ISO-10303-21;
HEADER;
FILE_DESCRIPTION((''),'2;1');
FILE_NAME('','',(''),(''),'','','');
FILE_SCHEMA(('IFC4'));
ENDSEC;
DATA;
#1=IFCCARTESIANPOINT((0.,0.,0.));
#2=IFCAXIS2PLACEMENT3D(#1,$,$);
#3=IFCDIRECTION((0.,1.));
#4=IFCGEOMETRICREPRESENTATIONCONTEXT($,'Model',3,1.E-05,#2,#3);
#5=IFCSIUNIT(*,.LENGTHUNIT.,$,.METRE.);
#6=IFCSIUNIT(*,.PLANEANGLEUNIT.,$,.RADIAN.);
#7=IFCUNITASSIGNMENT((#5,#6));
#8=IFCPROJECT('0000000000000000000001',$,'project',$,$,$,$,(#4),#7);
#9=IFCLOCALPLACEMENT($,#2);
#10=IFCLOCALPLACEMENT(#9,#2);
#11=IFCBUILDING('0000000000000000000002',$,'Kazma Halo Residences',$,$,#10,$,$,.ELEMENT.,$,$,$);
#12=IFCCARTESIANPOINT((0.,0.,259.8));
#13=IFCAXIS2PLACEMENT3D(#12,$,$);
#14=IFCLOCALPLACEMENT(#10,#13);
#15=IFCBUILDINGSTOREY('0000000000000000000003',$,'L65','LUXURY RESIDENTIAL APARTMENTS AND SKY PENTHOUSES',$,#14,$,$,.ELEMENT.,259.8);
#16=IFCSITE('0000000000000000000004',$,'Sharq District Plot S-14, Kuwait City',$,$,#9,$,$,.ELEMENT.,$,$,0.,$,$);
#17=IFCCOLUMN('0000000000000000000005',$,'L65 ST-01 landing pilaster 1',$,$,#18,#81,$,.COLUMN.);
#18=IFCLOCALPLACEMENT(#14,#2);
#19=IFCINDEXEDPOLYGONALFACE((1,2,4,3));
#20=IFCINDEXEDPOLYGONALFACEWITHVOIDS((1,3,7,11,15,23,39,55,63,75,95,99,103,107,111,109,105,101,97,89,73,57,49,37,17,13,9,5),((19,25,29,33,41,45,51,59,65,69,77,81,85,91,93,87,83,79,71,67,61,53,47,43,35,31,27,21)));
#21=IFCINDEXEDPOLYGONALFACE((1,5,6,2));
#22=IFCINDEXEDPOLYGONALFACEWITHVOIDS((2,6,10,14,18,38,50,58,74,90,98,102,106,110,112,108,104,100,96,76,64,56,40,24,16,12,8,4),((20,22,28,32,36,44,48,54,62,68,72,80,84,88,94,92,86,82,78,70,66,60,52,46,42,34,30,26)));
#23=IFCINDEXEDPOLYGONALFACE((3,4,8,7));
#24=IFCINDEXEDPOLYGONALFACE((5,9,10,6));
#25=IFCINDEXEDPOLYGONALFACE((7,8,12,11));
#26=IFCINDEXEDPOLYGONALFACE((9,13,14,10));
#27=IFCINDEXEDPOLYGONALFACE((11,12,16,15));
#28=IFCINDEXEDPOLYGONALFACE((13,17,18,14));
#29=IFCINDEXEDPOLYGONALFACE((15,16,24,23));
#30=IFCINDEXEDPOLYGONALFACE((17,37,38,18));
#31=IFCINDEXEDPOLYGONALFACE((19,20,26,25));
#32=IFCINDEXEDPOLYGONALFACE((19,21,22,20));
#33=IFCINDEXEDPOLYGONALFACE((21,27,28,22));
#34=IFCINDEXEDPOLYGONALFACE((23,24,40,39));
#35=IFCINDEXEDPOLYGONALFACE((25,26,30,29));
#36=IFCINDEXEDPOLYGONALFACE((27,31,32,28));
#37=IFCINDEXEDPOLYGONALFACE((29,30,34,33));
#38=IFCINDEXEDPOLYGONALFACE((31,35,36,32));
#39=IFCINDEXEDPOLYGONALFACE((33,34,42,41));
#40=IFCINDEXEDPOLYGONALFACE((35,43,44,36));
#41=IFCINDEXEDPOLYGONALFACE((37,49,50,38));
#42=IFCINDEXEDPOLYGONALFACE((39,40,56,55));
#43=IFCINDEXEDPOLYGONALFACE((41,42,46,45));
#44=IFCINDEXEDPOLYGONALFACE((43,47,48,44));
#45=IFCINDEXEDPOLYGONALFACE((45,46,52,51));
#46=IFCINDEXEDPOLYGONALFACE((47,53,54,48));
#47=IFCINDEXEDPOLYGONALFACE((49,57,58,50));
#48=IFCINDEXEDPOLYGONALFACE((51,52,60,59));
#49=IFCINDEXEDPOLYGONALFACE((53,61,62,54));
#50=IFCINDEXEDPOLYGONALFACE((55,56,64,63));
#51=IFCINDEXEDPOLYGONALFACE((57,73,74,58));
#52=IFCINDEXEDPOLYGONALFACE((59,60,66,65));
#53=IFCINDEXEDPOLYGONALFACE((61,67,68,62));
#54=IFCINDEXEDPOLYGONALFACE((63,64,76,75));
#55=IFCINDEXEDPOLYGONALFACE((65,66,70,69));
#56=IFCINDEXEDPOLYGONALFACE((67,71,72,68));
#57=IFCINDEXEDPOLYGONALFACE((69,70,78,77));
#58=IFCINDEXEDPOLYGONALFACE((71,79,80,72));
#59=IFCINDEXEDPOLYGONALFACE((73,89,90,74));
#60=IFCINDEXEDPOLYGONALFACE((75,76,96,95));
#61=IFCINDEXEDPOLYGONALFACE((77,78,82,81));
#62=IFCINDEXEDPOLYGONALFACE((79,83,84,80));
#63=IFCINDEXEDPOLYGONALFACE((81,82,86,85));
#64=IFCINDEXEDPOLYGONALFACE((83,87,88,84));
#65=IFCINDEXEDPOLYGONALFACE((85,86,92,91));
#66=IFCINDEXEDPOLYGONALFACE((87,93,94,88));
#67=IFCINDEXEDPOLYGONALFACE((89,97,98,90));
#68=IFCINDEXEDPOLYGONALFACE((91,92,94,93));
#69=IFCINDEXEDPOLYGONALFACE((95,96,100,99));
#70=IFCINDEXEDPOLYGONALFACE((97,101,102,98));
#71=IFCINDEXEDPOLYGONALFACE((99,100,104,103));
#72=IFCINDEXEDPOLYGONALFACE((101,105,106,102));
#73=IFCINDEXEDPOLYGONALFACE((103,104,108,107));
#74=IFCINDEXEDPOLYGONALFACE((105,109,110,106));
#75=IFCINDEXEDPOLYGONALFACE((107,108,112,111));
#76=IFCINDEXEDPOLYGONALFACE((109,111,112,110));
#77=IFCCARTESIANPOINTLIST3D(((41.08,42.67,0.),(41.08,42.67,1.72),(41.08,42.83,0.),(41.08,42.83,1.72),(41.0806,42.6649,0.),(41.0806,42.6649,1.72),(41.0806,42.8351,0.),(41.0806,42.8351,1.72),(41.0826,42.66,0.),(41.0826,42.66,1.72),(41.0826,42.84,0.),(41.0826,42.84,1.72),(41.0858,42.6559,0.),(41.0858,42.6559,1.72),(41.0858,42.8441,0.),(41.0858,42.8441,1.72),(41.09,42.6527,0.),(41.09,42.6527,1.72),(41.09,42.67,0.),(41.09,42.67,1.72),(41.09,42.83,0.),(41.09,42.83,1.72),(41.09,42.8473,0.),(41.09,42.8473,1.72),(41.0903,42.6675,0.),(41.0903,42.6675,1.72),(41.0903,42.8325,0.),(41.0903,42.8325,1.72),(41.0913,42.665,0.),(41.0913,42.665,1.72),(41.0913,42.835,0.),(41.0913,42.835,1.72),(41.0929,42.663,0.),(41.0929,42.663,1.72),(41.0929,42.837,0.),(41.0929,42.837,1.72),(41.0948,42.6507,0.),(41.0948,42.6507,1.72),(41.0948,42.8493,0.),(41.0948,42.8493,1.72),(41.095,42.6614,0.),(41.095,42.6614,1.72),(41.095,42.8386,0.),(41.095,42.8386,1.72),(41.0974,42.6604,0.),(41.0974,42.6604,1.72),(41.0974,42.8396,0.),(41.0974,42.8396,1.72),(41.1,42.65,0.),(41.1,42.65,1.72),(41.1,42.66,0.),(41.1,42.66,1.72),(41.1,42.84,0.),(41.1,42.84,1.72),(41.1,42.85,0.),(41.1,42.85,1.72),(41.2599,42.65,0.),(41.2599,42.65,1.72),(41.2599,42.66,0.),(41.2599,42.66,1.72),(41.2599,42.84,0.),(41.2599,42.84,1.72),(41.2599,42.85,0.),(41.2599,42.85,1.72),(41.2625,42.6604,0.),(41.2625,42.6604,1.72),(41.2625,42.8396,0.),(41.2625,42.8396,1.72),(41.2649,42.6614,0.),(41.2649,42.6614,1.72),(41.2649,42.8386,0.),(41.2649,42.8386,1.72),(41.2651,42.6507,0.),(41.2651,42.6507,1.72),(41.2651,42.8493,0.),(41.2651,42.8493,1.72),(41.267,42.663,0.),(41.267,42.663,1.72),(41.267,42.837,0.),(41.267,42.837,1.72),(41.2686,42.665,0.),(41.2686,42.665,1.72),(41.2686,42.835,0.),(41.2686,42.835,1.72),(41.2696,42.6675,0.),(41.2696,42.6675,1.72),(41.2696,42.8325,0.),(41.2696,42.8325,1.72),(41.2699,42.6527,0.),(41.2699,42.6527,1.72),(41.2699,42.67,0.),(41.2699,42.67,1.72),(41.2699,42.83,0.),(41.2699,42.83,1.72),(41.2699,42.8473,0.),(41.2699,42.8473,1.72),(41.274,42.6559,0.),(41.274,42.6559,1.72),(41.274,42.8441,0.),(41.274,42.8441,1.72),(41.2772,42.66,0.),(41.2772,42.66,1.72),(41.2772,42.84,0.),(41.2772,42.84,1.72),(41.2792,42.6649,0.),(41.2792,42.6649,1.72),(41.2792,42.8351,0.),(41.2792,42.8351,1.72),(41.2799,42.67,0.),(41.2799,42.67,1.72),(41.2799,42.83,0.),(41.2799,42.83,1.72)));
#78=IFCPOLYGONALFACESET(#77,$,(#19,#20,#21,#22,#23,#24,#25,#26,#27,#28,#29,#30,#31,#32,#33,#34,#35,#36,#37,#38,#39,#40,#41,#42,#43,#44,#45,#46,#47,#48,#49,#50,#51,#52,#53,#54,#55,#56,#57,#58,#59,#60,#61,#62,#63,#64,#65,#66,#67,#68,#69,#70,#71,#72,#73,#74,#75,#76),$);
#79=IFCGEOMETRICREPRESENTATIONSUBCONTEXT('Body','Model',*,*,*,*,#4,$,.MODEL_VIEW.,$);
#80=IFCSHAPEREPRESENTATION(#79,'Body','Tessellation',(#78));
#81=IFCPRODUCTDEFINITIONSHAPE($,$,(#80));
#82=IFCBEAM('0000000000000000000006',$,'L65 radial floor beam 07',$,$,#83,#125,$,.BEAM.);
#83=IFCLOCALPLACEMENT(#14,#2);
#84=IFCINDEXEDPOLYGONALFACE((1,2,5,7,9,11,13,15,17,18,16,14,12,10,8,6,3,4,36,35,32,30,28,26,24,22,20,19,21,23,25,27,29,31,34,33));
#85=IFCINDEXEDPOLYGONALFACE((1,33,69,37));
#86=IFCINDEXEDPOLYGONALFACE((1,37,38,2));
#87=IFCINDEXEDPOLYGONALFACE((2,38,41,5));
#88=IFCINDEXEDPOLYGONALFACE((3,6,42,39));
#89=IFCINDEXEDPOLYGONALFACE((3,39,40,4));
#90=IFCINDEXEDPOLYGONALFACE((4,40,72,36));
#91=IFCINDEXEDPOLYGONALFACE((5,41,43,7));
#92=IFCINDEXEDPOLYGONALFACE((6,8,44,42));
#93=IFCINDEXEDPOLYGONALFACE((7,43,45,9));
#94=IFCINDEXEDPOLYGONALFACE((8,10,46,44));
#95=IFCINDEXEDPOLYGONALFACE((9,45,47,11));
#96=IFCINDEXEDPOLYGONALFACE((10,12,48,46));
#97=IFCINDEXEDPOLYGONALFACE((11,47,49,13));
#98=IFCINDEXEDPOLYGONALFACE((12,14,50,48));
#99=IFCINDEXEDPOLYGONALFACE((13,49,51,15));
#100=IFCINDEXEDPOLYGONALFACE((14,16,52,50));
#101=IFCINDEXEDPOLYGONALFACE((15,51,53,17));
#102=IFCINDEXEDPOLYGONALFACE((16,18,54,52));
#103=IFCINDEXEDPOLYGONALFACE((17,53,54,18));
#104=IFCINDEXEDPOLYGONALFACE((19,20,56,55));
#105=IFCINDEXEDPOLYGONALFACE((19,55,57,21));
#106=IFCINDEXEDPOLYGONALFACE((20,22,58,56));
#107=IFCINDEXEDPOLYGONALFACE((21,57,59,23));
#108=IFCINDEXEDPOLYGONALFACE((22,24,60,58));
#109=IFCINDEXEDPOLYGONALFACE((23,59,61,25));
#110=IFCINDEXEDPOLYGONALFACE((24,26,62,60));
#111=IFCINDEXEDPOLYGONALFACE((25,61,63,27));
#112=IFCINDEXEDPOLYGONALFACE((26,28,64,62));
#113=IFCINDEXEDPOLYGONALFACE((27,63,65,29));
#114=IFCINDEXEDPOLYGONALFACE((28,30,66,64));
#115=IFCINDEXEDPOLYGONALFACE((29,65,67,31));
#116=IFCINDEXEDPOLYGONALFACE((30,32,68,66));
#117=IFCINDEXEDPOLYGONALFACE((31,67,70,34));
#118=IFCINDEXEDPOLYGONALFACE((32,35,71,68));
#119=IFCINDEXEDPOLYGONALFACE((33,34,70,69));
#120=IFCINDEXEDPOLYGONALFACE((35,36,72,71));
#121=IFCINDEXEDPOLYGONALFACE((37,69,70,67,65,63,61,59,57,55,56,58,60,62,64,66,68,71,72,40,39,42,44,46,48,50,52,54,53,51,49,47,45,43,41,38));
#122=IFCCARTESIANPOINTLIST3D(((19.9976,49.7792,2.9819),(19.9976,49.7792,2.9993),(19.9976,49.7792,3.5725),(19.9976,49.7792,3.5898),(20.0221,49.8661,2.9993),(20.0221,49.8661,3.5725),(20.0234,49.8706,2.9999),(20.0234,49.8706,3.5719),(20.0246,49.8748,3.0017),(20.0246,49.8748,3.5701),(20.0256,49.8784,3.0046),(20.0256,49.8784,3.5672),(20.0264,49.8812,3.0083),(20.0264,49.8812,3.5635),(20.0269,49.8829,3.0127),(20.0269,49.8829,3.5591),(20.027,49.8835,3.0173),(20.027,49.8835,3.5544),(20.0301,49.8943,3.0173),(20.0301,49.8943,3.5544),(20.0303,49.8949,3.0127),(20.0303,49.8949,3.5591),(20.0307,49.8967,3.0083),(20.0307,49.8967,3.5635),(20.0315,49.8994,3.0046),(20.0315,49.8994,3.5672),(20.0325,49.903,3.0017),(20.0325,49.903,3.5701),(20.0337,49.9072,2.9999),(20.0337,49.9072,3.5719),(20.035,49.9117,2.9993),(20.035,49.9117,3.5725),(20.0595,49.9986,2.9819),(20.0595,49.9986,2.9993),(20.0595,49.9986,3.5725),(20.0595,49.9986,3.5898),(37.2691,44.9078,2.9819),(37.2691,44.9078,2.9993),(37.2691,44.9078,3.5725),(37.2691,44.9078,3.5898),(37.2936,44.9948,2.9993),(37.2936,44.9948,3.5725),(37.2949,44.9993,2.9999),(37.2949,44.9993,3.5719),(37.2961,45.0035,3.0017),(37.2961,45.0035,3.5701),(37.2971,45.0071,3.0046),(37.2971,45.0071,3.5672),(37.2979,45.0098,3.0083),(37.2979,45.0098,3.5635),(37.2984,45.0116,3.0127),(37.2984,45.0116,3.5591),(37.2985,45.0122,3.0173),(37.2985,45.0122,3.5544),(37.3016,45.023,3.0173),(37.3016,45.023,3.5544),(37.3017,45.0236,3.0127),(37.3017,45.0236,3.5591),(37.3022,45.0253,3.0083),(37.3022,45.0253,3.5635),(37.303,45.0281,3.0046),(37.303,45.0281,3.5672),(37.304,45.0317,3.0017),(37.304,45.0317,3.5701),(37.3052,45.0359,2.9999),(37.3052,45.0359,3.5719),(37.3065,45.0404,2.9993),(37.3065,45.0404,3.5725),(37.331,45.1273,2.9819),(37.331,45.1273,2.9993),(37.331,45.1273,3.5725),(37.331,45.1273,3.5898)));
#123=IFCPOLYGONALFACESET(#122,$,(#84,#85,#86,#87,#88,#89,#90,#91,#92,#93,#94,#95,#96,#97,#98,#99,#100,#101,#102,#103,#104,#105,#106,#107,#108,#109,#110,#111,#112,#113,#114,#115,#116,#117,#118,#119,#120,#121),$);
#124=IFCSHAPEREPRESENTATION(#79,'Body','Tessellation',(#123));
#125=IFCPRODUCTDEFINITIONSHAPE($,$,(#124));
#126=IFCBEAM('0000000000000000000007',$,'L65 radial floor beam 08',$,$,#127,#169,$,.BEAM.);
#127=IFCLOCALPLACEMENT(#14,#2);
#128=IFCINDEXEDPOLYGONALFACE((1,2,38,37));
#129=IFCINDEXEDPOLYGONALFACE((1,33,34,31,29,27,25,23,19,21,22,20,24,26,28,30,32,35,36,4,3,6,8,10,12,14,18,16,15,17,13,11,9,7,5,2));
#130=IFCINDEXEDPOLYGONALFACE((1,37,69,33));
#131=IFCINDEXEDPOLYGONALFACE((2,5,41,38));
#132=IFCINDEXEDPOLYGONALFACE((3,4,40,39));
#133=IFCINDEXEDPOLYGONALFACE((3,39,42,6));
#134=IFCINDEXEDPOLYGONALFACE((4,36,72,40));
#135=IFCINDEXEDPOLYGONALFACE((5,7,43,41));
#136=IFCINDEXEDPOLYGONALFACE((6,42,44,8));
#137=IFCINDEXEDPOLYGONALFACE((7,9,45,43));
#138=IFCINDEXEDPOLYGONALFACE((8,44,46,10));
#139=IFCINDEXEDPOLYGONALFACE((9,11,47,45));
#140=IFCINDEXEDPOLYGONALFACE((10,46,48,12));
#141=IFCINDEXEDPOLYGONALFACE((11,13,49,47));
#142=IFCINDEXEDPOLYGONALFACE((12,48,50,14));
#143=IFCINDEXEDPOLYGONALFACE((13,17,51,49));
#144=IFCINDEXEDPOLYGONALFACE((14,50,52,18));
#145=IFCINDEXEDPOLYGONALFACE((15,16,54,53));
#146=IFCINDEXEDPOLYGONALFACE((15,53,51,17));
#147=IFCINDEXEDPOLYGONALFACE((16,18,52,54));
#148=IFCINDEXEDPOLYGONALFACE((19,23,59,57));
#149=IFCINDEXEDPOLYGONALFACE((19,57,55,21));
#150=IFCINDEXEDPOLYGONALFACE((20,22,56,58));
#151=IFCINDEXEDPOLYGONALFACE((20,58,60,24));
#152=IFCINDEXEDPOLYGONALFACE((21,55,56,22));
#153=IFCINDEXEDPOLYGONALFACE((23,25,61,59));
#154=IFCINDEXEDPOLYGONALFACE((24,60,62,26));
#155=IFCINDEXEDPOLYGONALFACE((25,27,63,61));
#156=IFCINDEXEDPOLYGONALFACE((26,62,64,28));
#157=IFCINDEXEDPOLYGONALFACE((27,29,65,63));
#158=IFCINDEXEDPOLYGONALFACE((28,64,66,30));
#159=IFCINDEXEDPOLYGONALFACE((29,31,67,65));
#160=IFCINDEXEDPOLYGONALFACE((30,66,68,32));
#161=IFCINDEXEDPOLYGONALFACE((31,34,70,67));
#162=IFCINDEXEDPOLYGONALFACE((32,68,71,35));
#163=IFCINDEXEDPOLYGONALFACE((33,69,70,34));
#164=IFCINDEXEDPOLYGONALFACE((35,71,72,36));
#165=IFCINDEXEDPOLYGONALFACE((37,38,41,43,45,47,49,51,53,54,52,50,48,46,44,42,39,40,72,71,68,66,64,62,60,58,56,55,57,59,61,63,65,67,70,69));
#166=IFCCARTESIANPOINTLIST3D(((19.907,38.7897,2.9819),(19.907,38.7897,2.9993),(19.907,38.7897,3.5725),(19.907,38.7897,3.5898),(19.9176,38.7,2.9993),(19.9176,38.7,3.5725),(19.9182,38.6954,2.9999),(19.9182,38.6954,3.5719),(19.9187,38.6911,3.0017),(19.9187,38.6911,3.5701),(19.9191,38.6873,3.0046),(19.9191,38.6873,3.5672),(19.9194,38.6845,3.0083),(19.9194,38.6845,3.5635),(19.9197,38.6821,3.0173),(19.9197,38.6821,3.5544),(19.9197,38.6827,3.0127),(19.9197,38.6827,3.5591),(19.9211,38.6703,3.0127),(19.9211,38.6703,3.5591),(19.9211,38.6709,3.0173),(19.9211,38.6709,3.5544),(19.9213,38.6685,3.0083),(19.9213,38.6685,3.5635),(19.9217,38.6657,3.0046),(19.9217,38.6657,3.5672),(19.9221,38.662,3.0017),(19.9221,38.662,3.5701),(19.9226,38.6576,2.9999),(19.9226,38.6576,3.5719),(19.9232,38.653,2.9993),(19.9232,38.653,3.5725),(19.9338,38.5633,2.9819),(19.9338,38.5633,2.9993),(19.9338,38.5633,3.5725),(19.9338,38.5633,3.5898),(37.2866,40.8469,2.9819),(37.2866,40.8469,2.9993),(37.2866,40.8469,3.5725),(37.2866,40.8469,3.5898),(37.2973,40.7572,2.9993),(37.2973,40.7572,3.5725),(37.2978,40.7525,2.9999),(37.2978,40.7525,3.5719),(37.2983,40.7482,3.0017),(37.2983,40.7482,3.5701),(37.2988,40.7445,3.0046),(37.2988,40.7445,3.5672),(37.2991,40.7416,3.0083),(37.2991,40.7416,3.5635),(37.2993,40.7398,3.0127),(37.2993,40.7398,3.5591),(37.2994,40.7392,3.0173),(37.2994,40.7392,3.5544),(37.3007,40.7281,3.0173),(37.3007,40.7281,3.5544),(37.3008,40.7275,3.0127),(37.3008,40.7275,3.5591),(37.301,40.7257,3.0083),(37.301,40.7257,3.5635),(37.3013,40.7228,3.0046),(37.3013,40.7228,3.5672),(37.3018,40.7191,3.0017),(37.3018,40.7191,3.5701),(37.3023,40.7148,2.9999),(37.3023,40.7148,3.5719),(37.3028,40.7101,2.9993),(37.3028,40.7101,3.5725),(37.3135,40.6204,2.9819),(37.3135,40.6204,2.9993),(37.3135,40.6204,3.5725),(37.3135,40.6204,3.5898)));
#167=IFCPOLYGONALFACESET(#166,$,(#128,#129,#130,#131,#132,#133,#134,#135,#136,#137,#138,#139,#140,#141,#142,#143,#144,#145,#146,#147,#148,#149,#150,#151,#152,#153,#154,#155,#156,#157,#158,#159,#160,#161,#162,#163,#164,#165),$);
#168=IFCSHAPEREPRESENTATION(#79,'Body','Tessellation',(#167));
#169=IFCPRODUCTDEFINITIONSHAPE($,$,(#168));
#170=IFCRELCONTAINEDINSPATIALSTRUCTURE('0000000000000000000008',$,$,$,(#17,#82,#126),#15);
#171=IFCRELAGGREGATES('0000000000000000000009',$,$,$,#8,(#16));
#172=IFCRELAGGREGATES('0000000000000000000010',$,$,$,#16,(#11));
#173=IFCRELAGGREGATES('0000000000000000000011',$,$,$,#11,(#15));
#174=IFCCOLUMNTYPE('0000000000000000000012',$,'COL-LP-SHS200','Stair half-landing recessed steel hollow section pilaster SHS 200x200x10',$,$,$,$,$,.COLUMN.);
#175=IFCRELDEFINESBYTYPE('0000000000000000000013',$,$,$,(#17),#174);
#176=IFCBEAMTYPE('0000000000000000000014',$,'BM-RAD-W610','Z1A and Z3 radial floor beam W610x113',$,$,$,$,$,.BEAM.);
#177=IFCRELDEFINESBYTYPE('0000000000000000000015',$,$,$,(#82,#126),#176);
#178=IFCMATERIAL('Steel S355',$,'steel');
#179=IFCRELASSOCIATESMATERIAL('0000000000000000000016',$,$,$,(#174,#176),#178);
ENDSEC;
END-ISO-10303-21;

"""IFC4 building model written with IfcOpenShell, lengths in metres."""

from ifc_helpers import new_model, si_unit, direction, frame, origin, origin_2d, place, context, subcontext, project, spatial, hollow_rectangle, i_section, extrude, material, material_profile, profile_set, type_object, element, save


model = new_model("IFC4")

# Units and contexts
model_context = context("Model", 3, precision=1e-05, world=origin(), true_north=direction((0.0, 1.0)))
body_context = subcontext(model_context, "Body", "Model", "MODEL_VIEW")
ifc_project = project(units=[si_unit("LENGTHUNIT", "METRE"), si_unit("PLANEANGLEUNIT", "RADIAN")], contexts=[model_context])

# Site, building, storey
site_placement = place(None, origin())
site = spatial("IfcSite", under=ifc_project, at=site_placement, Name="Sharq District Plot S-14, Kuwait City", CompositionType="ELEMENT", RefElevation=0.0)
building_placement = place(site_placement, origin())
building = spatial("IfcBuilding", under=site, at=building_placement, Name="Kazma Halo Residences", CompositionType="ELEMENT")
storey_placement = place(building_placement, frame((0.0, 0.0, 259.8)))
storey = spatial("IfcBuildingStorey", under=building, at=storey_placement, Name="L65", Description="LUXURY RESIDENTIAL APARTMENTS AND SKY PENTHOUSES", CompositionType="ELEMENT", Elevation=259.8)

# Column
ifc_material_1 = material(Name="Steel S355", Category="steel")
ifc_material_profile_1 = material_profile(ifc_material_1, hollow_rectangle(XDim=0.2, YDim=0.2, WallThickness=0.01, InnerFilletRadius=0.01, OuterFilletRadius=0.02, at=origin_2d()), Name="SHS200x200x10")
ifc_profile_set_1 = profile_set([ifc_material_profile_1], Name="Steel S355")
column_type = type_object("IfcColumnType", Name="COL-LP-SHS200", Description="Stair half-landing recessed steel hollow section pilaster SHS 200x200x10", PredefinedType="COLUMN", material=ifc_profile_set_1)
column_placement = place(storey_placement, frame((41.1799, 42.75, 0.0), z_axis=(0.0, 0.0, 1.0), x_axis=(1.0, 0.0, 0.0)))
element("IfcColumn", 1, at=column_placement, inside=storey, type_object=column_type, Name="L65 ST-01 landing pilaster 1", PredefinedType="COLUMN", context=body_context, shape_type="SweptSolid", body=[
    extrude(hollow_rectangle(XDim=0.2, YDim=0.2, WallThickness=0.01, InnerFilletRadius=0.01, OuterFilletRadius=0.02, at=origin_2d()), origin(), (0.0, 0.0, 1.0), 1.72),
])

# Beams
ifc_material_profile_2 = material_profile(ifc_material_1, i_section(OverallWidth=0.228, OverallDepth=0.6079, WebThickness=0.0112, FlangeThickness=0.0173, FilletRadius=0.0181, at=origin_2d()), Name="W610x113")
ifc_profile_set_2 = profile_set([ifc_material_profile_2], Name="Steel S355")
beam_type_1 = type_object("IfcBeamType", Name="BM-RAD-W610", Description="Z1A and Z3 radial floor beam W610x113", PredefinedType="BEAM", material=ifc_profile_set_2)
beam_1_placement = place(storey_placement, frame((37.3, 45.0176, 3.2859), z_axis=(-0.962451, 0.271455, 0.0), x_axis=(-0.271455, -0.962451, 0.0)))
element("IfcBeam", 2, at=beam_1_placement, inside=storey, type_object=beam_type_1, Name="L65 radial floor beam 07", PredefinedType="BEAM", context=body_context, shape_type="SweptSolid", body=[
    extrude(i_section(OverallWidth=0.228, OverallDepth=0.6079, WebThickness=0.0112, FlangeThickness=0.0173, FilletRadius=0.0181, at=origin_2d()), origin(), (0.0, 0.0, 1.0), 17.9453),
])
beam_2_placement = place(storey_placement, frame((37.3, 40.7336, 3.2859), z_axis=(-0.993068, -0.117544, 0.0), x_axis=(0.117544, -0.993068, 0.0)))
element("IfcBeam", 3, at=beam_2_placement, inside=storey, type_object=beam_type_1, Name="L65 radial floor beam 08", PredefinedType="BEAM", context=body_context, shape_type="SweptSolid", body=[
    extrude(i_section(OverallWidth=0.228, OverallDepth=0.6079, WebThickness=0.0112, FlangeThickness=0.0173, FilletRadius=0.0181, at=origin_2d()), origin(), (0.0, 0.0, 1.0), 17.501),
])

save(model, "model.ifc")
